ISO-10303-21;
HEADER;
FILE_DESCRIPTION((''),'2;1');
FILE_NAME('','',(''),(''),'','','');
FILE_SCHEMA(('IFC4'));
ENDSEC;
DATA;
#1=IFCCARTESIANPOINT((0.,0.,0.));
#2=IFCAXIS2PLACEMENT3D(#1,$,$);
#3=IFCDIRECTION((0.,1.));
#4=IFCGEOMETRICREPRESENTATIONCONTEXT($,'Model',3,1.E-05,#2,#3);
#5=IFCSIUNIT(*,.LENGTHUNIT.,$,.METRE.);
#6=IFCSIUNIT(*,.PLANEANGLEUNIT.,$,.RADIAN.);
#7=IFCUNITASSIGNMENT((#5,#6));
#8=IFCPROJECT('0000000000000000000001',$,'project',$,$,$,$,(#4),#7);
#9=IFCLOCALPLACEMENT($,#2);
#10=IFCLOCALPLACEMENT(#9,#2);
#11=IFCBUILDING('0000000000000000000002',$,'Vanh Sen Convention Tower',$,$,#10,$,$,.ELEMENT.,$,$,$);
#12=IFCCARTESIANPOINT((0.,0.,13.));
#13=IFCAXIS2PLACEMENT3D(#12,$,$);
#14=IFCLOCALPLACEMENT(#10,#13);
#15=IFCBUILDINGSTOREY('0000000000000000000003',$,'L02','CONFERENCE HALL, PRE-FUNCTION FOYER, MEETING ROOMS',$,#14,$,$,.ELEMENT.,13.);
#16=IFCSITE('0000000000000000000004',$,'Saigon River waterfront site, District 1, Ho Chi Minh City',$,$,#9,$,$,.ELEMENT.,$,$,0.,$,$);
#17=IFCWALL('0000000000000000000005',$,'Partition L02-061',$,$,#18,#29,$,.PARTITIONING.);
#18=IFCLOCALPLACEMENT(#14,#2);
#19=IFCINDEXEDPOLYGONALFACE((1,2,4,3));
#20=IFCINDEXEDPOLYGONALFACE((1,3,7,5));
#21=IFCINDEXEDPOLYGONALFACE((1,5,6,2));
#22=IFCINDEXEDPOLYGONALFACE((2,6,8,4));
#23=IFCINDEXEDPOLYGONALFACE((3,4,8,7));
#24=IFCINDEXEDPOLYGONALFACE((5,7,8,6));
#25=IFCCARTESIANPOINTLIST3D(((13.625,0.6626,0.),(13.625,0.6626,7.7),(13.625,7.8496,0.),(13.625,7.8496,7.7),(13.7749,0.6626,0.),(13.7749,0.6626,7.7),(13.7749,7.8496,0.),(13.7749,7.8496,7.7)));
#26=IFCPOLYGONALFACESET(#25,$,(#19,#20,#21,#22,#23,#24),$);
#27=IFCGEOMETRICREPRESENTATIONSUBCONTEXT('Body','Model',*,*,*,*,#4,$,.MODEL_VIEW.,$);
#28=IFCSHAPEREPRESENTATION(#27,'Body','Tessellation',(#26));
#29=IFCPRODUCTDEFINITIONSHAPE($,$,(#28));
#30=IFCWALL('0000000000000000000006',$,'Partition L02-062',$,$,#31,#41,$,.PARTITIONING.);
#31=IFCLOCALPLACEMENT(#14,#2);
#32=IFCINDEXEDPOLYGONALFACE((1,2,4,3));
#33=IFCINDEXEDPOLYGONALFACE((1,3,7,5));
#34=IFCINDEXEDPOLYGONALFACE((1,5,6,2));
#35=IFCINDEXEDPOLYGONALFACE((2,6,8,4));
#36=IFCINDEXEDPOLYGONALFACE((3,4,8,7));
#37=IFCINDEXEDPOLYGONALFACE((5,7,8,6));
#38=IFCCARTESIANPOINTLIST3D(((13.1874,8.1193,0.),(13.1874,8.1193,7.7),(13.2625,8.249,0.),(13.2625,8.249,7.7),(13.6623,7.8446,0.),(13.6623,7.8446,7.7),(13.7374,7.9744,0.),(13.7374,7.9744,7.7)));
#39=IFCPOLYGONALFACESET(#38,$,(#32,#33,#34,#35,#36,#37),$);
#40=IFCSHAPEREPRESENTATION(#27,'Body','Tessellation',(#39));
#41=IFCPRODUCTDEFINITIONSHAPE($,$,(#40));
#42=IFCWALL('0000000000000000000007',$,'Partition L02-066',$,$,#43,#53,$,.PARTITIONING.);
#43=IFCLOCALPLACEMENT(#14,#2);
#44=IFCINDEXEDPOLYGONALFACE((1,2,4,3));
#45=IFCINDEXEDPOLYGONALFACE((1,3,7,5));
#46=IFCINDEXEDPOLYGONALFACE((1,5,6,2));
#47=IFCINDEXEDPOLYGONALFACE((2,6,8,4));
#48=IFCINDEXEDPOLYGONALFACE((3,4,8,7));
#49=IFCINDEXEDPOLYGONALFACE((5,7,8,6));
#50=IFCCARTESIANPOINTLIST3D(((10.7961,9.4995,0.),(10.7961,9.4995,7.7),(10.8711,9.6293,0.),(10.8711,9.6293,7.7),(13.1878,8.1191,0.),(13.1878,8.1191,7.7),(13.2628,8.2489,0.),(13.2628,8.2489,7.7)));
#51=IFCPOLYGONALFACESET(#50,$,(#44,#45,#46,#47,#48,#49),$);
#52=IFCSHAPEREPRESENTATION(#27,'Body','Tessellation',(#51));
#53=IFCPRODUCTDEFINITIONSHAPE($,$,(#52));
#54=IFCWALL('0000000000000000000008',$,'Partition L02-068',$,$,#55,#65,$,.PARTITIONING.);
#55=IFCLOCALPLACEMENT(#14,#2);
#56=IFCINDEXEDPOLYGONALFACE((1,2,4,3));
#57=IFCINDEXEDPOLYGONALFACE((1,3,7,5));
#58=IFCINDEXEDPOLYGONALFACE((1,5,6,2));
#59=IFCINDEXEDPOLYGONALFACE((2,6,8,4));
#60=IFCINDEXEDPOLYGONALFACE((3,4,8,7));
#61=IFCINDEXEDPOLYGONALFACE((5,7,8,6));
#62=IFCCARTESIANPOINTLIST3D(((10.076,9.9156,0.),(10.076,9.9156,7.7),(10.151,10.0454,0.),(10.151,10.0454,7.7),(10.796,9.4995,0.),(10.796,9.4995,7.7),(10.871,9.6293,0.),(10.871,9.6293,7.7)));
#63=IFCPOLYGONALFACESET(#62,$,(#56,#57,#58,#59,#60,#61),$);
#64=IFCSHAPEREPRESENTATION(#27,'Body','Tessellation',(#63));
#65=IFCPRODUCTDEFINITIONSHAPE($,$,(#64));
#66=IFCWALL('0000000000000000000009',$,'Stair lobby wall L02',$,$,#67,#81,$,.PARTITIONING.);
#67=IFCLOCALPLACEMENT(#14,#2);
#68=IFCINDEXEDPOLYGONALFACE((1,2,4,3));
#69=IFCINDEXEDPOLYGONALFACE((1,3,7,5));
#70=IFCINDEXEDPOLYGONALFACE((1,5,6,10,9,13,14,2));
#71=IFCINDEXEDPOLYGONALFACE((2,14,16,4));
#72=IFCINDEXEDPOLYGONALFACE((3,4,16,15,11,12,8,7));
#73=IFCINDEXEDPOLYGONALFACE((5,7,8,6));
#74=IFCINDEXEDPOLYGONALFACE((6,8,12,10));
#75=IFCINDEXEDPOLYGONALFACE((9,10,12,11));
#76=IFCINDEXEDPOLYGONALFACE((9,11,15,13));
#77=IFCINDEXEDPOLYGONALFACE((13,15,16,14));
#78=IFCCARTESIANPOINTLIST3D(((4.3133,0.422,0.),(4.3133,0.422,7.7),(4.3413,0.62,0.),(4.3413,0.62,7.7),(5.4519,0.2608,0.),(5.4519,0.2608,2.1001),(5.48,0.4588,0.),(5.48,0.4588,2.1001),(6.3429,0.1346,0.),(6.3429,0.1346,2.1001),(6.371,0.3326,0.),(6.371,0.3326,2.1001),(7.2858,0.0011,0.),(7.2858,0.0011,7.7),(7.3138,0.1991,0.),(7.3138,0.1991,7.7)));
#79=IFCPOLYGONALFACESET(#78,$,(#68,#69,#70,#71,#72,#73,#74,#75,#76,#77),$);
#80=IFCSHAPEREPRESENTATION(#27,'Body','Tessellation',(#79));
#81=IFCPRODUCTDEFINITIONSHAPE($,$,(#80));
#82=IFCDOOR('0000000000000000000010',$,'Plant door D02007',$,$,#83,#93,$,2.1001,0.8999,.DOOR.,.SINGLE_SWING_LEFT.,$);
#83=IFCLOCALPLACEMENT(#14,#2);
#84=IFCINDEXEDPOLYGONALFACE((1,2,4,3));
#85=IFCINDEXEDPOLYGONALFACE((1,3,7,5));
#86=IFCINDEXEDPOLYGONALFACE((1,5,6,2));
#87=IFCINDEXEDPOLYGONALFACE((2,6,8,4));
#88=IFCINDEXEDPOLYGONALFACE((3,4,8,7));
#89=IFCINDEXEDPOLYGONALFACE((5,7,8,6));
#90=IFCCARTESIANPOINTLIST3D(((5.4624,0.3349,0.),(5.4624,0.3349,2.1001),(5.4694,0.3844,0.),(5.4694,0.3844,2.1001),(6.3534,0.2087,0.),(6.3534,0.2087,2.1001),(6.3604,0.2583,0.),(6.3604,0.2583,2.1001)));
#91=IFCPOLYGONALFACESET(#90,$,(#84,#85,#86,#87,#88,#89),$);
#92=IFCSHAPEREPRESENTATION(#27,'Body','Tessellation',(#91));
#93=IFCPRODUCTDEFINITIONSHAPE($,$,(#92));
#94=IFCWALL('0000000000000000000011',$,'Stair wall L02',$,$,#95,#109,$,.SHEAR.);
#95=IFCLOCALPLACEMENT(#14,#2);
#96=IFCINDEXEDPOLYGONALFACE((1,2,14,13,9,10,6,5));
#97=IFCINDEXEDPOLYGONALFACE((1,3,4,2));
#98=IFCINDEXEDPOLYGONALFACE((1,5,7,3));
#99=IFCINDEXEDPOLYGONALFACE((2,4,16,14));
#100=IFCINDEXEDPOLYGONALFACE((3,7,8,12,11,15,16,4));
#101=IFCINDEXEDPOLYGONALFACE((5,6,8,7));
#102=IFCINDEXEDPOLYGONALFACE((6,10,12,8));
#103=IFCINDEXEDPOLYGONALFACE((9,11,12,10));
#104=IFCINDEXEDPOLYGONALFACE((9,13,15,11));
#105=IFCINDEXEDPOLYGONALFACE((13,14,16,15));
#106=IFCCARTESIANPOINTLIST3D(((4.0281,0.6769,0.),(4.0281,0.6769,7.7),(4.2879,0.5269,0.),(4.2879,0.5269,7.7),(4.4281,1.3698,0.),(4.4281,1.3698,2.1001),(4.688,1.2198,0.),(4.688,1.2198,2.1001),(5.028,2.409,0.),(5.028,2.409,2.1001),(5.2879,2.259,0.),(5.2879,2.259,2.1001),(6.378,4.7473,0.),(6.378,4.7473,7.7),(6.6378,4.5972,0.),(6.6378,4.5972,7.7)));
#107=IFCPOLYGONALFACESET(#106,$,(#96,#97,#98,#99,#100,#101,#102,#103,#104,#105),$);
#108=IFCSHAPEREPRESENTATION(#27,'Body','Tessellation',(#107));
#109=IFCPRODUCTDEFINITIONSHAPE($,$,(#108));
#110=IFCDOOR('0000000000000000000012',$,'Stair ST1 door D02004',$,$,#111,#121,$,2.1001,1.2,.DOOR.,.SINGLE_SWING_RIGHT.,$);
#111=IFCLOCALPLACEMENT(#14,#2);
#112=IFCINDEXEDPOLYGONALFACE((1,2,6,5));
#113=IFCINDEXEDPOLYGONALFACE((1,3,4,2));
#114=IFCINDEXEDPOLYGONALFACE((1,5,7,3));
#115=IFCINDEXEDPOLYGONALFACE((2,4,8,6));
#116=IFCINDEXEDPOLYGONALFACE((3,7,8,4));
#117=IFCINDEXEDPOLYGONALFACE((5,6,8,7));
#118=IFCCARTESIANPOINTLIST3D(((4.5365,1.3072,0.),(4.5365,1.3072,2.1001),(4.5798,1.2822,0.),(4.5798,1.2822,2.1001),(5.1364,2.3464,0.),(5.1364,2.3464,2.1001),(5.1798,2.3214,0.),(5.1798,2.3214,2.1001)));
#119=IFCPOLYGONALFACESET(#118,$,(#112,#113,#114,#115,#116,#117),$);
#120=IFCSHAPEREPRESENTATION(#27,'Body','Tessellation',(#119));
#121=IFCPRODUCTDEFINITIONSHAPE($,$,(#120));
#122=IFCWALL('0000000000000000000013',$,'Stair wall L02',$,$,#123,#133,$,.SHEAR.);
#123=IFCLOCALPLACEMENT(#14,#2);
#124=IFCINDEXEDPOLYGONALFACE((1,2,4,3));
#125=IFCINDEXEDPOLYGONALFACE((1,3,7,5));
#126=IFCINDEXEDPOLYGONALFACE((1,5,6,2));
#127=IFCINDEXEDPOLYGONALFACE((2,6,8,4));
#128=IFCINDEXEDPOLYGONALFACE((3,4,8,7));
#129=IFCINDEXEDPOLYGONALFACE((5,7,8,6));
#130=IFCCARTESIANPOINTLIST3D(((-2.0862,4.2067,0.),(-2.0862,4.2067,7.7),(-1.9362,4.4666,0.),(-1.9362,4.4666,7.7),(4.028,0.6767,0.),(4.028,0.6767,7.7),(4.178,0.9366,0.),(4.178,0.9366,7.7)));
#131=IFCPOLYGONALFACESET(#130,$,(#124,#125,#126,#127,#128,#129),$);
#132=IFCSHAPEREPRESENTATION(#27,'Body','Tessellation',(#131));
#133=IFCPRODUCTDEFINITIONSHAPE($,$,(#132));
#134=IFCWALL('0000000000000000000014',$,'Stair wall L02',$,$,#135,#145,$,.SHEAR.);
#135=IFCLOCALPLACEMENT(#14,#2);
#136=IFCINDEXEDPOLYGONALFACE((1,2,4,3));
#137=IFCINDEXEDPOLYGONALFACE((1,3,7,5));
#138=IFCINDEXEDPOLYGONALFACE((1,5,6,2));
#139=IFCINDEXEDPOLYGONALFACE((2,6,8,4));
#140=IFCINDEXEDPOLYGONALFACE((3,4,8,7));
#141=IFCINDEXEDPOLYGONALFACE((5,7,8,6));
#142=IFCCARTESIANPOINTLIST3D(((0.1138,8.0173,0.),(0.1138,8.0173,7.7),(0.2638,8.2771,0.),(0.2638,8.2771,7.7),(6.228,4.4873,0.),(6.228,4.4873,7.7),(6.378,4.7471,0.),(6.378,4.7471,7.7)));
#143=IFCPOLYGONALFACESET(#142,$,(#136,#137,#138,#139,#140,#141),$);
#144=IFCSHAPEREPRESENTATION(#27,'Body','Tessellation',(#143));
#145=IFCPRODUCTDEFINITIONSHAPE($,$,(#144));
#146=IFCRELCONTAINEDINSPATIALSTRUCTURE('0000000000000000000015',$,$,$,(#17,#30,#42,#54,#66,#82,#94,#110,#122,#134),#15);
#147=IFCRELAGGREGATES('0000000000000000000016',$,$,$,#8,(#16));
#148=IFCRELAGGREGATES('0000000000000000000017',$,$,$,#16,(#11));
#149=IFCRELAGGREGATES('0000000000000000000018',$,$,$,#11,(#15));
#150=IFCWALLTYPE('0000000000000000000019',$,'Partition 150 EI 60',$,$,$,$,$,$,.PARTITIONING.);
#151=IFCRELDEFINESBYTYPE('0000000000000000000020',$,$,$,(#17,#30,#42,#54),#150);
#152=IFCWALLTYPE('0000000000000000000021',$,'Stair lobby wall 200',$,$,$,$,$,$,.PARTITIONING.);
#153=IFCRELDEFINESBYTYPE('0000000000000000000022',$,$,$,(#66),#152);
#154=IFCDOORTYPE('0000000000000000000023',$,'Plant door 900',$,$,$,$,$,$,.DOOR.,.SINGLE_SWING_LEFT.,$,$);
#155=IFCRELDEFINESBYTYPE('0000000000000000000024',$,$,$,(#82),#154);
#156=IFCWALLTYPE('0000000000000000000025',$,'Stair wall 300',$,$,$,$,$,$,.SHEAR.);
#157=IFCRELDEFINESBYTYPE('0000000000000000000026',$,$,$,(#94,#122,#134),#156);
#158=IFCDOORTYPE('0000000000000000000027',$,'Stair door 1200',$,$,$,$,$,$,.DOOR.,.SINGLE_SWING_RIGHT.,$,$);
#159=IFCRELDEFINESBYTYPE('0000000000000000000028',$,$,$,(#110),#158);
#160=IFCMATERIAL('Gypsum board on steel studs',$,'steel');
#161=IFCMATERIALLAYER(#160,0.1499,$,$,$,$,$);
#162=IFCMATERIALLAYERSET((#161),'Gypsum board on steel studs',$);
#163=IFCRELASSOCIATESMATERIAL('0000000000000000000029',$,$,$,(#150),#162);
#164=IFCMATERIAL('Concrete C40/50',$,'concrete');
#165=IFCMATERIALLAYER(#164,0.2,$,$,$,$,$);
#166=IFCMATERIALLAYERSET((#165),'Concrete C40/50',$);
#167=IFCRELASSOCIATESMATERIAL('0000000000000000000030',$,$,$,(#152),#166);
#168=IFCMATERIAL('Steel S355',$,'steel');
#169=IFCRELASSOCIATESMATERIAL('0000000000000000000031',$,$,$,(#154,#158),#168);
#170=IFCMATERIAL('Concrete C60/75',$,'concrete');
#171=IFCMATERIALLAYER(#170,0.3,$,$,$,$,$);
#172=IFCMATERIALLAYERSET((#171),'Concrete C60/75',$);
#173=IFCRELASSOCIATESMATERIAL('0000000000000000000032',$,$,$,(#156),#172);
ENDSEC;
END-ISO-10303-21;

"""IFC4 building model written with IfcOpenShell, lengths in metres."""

from ifc_helpers import new_model, si_unit, direction, frame, frame_2d, origin, place, context, subcontext, project, spatial, rectangle, extrude, material, layer, layer_set, type_object, element, fill, save


model = new_model("IFC4")

# Units and contexts
model_context = context("Model", 3, precision=1e-05, world=origin(), true_north=direction((0.0, 1.0)))
body_context = subcontext(model_context, "Body", "Model", "MODEL_VIEW")
ifc_project = project(units=[si_unit("LENGTHUNIT", "METRE"), si_unit("PLANEANGLEUNIT", "RADIAN")], contexts=[model_context])

# Site, building, storey
site_placement = place(None, origin())
site = spatial("IfcSite", under=ifc_project, at=site_placement, Name="Saigon River waterfront site, District 1, Ho Chi Minh City", CompositionType="ELEMENT", RefElevation=0.0)
building_placement = place(site_placement, origin())
building = spatial("IfcBuilding", under=site, at=building_placement, Name="Vanh Sen Convention Tower", CompositionType="ELEMENT")
storey_placement = place(building_placement, frame((0.0, 0.0, 13.0)))
storey = spatial("IfcBuildingStorey", under=building, at=storey_placement, Name="L02", Description="CONFERENCE HALL, PRE-FUNCTION FOYER, MEETING ROOMS", CompositionType="ELEMENT", Elevation=13.0)

# Shared definitions
ifc_material_1 = material(Name="Concrete C60/75", Category="concrete")

# Walls
ifc_material_2 = material(Name="Concrete C40/50", Category="concrete")
ifc_material_3 = material(Name="Gypsum board on steel studs", Category="steel")
ifc_layer_1 = layer(ifc_material_3, 0.1499)
ifc_layer_set_1 = layer_set([ifc_layer_1], Name="Gypsum board on steel studs")
wall_type_1 = type_object("IfcWallType", Name="Partition 150 EI 60", PredefinedType="PARTITIONING", material=ifc_layer_set_1)
wall_1_placement = place(storey_placement, frame((13.7, 7.8496, 0.0), z_axis=(0.0, 0.0, 1.0), x_axis=(0.0, -1.0, 0.0)))
element("IfcWall", 1, at=wall_1_placement, inside=storey, type_object=wall_type_1, Name="Partition L02-061", PredefinedType="PARTITIONING", context=body_context, shape_type="SweptSolid", body=[
    extrude(rectangle(XDim=7.187, YDim=0.1499, at=frame_2d((3.5935, 0.0))), origin(), (0.0, 0.0, 1.0), 7.7),
])
wall_2_placement = place(storey_placement, frame((13.7, 7.9094, 0.0), z_axis=(0.0, 0.0, 1.0), x_axis=(-0.865629, 0.500685, 0.0)))
element("IfcWall", 2, at=wall_2_placement, inside=storey, type_object=wall_type_1, Name="Partition L02-062", PredefinedType="PARTITIONING", context=body_context, shape_type="SweptSolid", body=[
    extrude(rectangle(XDim=0.5486, YDim=0.1499, at=frame_2d((0.2744, 0.0))), origin(), (0.0, 0.0, 1.0), 7.7),
])
wall_3_placement = place(storey_placement, frame((10.8335, 9.5645, 0.0), z_axis=(0.0, 0.0, 1.0), x_axis=(0.866091, -0.499886, 0.0)))
element("IfcWall", 3, at=wall_3_placement, inside=storey, type_object=wall_type_1, Name="Partition L02-066", PredefinedType="PARTITIONING", context=body_context, shape_type="SweptSolid", body=[
    extrude(rectangle(XDim=2.7615, YDim=0.1499, at=frame_2d((1.3809, 0.0))), origin(), (0.0, 0.0, 1.0), 7.7),
])
wall_4_placement = place(storey_placement, frame((10.1135, 9.9805, 0.0), z_axis=(0.0, 0.0, 1.0), x_axis=(0.865848, -0.500307, 0.0)))
element("IfcWall", 4, at=wall_4_placement, inside=storey, type_object=wall_type_1, Name="Partition L02-068", PredefinedType="PARTITIONING", context=body_context, shape_type="SweptSolid", body=[
    extrude(rectangle(XDim=0.8315, YDim=0.1499, at=frame_2d((0.4158, 0.0))), origin(), (0.0, 0.0, 1.0), 7.7),
])

# Walls, openings, doors
ifc_layer_2 = layer(ifc_material_2, 0.2)
ifc_layer_set_2 = layer_set([ifc_layer_2], Name="Concrete C40/50")
wall_type_2 = type_object("IfcWallType", Name="Stair lobby wall 200", PredefinedType="PARTITIONING", material=ifc_layer_set_2)
wall_5_placement = place(storey_placement, frame((4.3274, 0.521, 0.0), z_axis=(0.0, 0.0, 1.0), x_axis=(0.990124, -0.140192, 0.0)))
wall_5 = element("IfcWall", 5, at=wall_5_placement, inside=storey, type_object=wall_type_2, Name="Stair lobby wall L02", PredefinedType="PARTITIONING", context=body_context, shape_type="SweptSolid", body=[
    extrude(rectangle(XDim=3.0022, YDim=0.2, at=frame_2d((1.501, 0.0))), origin(), (0.0, 0.0, 1.0), 7.7),
])
opening_1_placement = place(wall_5_placement, frame((1.1499, 0.0, 0.0)))
opening_1 = element("IfcOpeningElement", 6, at=opening_1_placement, cuts=wall_5, PredefinedType="OPENING", context=body_context, shape_type="SweptSolid", body=[
    extrude(rectangle(XDim=0.8999, YDim=2.1001, at=frame_2d((0.45, 1.05))), frame((0.0, 0.1099, 0.0), z_axis=(0.0, -1.0, 0.0), x_axis=(1.0, 0.0, 0.0)), (0.0, 0.0, 1.0), 0.22),
])
ifc_material_4 = material(Name="Steel S355", Category="steel")
door_type_1 = type_object("IfcDoorType", Name="Plant door 900", OperationType="SINGLE_SWING_LEFT", PredefinedType="DOOR", material=ifc_material_4)
door_1_placement = place(opening_1_placement, origin())
door_1 = element("IfcDoor", 7, at=door_1_placement, inside=storey, type_object=door_type_1, Name="Plant door D02007", OperationType="SINGLE_SWING_LEFT", OverallHeight=2.1001, OverallWidth=0.8999, PredefinedType="DOOR", context=body_context, shape_type="SweptSolid", body=[
    extrude(rectangle(XDim=0.8999, YDim=2.1001, at=frame_2d((0.45, 1.05))), frame((0.0, 0.0249, 0.0), z_axis=(0.0, -1.0, 0.0), x_axis=(1.0, 0.0, 0.0)), (0.0, 0.0, 1.0), 0.05),
])
fill(opening_1, door_1)
ifc_layer_3 = layer(ifc_material_1, 0.3)
ifc_layer_set_3 = layer_set([ifc_layer_3], Name="Concrete C60/75")
wall_type_3 = type_object("IfcWallType", Name="Stair wall 300", PredefinedType="SHEAR", material=ifc_layer_set_3)
wall_6_placement = place(storey_placement, frame((4.158, 0.6018, 0.0), z_axis=(0.0, 0.0, 1.0), x_axis=(0.499977, 0.866039, 0.0)))
wall_6 = element("IfcWall", 8, at=wall_6_placement, inside=storey, type_object=wall_type_3, Name="Stair wall L02", PredefinedType="SHEAR", context=body_context, shape_type="SweptSolid", body=[
    extrude(rectangle(XDim=4.7, YDim=0.3, at=frame_2d((2.3501, 0.0))), origin(), (0.0, 0.0, 1.0), 7.7),
])
opening_2_placement = place(wall_6_placement, frame((0.8, 0.0, 0.0)))
opening_2 = element("IfcOpeningElement", 9, at=opening_2_placement, cuts=wall_6, PredefinedType="OPENING", context=body_context, shape_type="SweptSolid", body=[
    extrude(rectangle(XDim=1.2, YDim=2.1001, at=frame_2d((0.6001, 1.05))), frame((0.0, 0.1599, 0.0), z_axis=(0.0, -1.0, 0.0), x_axis=(1.0, 0.0, 0.0)), (0.0, 0.0, 1.0), 0.3201),
])
door_type_2 = type_object("IfcDoorType", Name="Stair door 1200", OperationType="SINGLE_SWING_RIGHT", PredefinedType="DOOR", material=ifc_material_4)
door_2_placement = place(opening_2_placement, origin())
door_2 = element("IfcDoor", 10, at=door_2_placement, inside=storey, type_object=door_type_2, Name="Stair ST1 door D02004", OperationType="SINGLE_SWING_RIGHT", OverallHeight=2.1001, OverallWidth=1.2, PredefinedType="DOOR", context=body_context, shape_type="SweptSolid", body=[
    extrude(rectangle(XDim=1.2, YDim=2.1001, at=frame_2d((0.6001, 1.05))), frame((0.0, 0.0249, 0.0), z_axis=(0.0, -1.0, 0.0), x_axis=(1.0, 0.0, 0.0)), (0.0, 0.0, 1.0), 0.05),
])
fill(opening_2, door_2)

# Walls
for number, where, z_axis, x_axis, name in (
    (11, (4.103, 0.8066, 0.0), (0.0, 0.0, 1.0), (-0.866028, 0.499996, 0.0), "Stair wall L02"),
    (12, (6.303, 4.6172, 0.0), (0.0, 0.0, 1.0), (-0.866028, 0.499996, 0.0), "Stair wall L02"),
):
    element("IfcWall", number, at=place(storey_placement, frame(where, z_axis=z_axis, x_axis=x_axis)), inside=storey, type_object=wall_type_3, Name=name, PredefinedType="SHEAR", context=body_context, shape_type="SweptSolid", body=[
        extrude(rectangle(XDim=7.0601, YDim=0.3, at=frame_2d((3.53, 0.0))), origin(), (0.0, 0.0, 1.0), 7.7),
    ])

save(model, "model.ifc")
